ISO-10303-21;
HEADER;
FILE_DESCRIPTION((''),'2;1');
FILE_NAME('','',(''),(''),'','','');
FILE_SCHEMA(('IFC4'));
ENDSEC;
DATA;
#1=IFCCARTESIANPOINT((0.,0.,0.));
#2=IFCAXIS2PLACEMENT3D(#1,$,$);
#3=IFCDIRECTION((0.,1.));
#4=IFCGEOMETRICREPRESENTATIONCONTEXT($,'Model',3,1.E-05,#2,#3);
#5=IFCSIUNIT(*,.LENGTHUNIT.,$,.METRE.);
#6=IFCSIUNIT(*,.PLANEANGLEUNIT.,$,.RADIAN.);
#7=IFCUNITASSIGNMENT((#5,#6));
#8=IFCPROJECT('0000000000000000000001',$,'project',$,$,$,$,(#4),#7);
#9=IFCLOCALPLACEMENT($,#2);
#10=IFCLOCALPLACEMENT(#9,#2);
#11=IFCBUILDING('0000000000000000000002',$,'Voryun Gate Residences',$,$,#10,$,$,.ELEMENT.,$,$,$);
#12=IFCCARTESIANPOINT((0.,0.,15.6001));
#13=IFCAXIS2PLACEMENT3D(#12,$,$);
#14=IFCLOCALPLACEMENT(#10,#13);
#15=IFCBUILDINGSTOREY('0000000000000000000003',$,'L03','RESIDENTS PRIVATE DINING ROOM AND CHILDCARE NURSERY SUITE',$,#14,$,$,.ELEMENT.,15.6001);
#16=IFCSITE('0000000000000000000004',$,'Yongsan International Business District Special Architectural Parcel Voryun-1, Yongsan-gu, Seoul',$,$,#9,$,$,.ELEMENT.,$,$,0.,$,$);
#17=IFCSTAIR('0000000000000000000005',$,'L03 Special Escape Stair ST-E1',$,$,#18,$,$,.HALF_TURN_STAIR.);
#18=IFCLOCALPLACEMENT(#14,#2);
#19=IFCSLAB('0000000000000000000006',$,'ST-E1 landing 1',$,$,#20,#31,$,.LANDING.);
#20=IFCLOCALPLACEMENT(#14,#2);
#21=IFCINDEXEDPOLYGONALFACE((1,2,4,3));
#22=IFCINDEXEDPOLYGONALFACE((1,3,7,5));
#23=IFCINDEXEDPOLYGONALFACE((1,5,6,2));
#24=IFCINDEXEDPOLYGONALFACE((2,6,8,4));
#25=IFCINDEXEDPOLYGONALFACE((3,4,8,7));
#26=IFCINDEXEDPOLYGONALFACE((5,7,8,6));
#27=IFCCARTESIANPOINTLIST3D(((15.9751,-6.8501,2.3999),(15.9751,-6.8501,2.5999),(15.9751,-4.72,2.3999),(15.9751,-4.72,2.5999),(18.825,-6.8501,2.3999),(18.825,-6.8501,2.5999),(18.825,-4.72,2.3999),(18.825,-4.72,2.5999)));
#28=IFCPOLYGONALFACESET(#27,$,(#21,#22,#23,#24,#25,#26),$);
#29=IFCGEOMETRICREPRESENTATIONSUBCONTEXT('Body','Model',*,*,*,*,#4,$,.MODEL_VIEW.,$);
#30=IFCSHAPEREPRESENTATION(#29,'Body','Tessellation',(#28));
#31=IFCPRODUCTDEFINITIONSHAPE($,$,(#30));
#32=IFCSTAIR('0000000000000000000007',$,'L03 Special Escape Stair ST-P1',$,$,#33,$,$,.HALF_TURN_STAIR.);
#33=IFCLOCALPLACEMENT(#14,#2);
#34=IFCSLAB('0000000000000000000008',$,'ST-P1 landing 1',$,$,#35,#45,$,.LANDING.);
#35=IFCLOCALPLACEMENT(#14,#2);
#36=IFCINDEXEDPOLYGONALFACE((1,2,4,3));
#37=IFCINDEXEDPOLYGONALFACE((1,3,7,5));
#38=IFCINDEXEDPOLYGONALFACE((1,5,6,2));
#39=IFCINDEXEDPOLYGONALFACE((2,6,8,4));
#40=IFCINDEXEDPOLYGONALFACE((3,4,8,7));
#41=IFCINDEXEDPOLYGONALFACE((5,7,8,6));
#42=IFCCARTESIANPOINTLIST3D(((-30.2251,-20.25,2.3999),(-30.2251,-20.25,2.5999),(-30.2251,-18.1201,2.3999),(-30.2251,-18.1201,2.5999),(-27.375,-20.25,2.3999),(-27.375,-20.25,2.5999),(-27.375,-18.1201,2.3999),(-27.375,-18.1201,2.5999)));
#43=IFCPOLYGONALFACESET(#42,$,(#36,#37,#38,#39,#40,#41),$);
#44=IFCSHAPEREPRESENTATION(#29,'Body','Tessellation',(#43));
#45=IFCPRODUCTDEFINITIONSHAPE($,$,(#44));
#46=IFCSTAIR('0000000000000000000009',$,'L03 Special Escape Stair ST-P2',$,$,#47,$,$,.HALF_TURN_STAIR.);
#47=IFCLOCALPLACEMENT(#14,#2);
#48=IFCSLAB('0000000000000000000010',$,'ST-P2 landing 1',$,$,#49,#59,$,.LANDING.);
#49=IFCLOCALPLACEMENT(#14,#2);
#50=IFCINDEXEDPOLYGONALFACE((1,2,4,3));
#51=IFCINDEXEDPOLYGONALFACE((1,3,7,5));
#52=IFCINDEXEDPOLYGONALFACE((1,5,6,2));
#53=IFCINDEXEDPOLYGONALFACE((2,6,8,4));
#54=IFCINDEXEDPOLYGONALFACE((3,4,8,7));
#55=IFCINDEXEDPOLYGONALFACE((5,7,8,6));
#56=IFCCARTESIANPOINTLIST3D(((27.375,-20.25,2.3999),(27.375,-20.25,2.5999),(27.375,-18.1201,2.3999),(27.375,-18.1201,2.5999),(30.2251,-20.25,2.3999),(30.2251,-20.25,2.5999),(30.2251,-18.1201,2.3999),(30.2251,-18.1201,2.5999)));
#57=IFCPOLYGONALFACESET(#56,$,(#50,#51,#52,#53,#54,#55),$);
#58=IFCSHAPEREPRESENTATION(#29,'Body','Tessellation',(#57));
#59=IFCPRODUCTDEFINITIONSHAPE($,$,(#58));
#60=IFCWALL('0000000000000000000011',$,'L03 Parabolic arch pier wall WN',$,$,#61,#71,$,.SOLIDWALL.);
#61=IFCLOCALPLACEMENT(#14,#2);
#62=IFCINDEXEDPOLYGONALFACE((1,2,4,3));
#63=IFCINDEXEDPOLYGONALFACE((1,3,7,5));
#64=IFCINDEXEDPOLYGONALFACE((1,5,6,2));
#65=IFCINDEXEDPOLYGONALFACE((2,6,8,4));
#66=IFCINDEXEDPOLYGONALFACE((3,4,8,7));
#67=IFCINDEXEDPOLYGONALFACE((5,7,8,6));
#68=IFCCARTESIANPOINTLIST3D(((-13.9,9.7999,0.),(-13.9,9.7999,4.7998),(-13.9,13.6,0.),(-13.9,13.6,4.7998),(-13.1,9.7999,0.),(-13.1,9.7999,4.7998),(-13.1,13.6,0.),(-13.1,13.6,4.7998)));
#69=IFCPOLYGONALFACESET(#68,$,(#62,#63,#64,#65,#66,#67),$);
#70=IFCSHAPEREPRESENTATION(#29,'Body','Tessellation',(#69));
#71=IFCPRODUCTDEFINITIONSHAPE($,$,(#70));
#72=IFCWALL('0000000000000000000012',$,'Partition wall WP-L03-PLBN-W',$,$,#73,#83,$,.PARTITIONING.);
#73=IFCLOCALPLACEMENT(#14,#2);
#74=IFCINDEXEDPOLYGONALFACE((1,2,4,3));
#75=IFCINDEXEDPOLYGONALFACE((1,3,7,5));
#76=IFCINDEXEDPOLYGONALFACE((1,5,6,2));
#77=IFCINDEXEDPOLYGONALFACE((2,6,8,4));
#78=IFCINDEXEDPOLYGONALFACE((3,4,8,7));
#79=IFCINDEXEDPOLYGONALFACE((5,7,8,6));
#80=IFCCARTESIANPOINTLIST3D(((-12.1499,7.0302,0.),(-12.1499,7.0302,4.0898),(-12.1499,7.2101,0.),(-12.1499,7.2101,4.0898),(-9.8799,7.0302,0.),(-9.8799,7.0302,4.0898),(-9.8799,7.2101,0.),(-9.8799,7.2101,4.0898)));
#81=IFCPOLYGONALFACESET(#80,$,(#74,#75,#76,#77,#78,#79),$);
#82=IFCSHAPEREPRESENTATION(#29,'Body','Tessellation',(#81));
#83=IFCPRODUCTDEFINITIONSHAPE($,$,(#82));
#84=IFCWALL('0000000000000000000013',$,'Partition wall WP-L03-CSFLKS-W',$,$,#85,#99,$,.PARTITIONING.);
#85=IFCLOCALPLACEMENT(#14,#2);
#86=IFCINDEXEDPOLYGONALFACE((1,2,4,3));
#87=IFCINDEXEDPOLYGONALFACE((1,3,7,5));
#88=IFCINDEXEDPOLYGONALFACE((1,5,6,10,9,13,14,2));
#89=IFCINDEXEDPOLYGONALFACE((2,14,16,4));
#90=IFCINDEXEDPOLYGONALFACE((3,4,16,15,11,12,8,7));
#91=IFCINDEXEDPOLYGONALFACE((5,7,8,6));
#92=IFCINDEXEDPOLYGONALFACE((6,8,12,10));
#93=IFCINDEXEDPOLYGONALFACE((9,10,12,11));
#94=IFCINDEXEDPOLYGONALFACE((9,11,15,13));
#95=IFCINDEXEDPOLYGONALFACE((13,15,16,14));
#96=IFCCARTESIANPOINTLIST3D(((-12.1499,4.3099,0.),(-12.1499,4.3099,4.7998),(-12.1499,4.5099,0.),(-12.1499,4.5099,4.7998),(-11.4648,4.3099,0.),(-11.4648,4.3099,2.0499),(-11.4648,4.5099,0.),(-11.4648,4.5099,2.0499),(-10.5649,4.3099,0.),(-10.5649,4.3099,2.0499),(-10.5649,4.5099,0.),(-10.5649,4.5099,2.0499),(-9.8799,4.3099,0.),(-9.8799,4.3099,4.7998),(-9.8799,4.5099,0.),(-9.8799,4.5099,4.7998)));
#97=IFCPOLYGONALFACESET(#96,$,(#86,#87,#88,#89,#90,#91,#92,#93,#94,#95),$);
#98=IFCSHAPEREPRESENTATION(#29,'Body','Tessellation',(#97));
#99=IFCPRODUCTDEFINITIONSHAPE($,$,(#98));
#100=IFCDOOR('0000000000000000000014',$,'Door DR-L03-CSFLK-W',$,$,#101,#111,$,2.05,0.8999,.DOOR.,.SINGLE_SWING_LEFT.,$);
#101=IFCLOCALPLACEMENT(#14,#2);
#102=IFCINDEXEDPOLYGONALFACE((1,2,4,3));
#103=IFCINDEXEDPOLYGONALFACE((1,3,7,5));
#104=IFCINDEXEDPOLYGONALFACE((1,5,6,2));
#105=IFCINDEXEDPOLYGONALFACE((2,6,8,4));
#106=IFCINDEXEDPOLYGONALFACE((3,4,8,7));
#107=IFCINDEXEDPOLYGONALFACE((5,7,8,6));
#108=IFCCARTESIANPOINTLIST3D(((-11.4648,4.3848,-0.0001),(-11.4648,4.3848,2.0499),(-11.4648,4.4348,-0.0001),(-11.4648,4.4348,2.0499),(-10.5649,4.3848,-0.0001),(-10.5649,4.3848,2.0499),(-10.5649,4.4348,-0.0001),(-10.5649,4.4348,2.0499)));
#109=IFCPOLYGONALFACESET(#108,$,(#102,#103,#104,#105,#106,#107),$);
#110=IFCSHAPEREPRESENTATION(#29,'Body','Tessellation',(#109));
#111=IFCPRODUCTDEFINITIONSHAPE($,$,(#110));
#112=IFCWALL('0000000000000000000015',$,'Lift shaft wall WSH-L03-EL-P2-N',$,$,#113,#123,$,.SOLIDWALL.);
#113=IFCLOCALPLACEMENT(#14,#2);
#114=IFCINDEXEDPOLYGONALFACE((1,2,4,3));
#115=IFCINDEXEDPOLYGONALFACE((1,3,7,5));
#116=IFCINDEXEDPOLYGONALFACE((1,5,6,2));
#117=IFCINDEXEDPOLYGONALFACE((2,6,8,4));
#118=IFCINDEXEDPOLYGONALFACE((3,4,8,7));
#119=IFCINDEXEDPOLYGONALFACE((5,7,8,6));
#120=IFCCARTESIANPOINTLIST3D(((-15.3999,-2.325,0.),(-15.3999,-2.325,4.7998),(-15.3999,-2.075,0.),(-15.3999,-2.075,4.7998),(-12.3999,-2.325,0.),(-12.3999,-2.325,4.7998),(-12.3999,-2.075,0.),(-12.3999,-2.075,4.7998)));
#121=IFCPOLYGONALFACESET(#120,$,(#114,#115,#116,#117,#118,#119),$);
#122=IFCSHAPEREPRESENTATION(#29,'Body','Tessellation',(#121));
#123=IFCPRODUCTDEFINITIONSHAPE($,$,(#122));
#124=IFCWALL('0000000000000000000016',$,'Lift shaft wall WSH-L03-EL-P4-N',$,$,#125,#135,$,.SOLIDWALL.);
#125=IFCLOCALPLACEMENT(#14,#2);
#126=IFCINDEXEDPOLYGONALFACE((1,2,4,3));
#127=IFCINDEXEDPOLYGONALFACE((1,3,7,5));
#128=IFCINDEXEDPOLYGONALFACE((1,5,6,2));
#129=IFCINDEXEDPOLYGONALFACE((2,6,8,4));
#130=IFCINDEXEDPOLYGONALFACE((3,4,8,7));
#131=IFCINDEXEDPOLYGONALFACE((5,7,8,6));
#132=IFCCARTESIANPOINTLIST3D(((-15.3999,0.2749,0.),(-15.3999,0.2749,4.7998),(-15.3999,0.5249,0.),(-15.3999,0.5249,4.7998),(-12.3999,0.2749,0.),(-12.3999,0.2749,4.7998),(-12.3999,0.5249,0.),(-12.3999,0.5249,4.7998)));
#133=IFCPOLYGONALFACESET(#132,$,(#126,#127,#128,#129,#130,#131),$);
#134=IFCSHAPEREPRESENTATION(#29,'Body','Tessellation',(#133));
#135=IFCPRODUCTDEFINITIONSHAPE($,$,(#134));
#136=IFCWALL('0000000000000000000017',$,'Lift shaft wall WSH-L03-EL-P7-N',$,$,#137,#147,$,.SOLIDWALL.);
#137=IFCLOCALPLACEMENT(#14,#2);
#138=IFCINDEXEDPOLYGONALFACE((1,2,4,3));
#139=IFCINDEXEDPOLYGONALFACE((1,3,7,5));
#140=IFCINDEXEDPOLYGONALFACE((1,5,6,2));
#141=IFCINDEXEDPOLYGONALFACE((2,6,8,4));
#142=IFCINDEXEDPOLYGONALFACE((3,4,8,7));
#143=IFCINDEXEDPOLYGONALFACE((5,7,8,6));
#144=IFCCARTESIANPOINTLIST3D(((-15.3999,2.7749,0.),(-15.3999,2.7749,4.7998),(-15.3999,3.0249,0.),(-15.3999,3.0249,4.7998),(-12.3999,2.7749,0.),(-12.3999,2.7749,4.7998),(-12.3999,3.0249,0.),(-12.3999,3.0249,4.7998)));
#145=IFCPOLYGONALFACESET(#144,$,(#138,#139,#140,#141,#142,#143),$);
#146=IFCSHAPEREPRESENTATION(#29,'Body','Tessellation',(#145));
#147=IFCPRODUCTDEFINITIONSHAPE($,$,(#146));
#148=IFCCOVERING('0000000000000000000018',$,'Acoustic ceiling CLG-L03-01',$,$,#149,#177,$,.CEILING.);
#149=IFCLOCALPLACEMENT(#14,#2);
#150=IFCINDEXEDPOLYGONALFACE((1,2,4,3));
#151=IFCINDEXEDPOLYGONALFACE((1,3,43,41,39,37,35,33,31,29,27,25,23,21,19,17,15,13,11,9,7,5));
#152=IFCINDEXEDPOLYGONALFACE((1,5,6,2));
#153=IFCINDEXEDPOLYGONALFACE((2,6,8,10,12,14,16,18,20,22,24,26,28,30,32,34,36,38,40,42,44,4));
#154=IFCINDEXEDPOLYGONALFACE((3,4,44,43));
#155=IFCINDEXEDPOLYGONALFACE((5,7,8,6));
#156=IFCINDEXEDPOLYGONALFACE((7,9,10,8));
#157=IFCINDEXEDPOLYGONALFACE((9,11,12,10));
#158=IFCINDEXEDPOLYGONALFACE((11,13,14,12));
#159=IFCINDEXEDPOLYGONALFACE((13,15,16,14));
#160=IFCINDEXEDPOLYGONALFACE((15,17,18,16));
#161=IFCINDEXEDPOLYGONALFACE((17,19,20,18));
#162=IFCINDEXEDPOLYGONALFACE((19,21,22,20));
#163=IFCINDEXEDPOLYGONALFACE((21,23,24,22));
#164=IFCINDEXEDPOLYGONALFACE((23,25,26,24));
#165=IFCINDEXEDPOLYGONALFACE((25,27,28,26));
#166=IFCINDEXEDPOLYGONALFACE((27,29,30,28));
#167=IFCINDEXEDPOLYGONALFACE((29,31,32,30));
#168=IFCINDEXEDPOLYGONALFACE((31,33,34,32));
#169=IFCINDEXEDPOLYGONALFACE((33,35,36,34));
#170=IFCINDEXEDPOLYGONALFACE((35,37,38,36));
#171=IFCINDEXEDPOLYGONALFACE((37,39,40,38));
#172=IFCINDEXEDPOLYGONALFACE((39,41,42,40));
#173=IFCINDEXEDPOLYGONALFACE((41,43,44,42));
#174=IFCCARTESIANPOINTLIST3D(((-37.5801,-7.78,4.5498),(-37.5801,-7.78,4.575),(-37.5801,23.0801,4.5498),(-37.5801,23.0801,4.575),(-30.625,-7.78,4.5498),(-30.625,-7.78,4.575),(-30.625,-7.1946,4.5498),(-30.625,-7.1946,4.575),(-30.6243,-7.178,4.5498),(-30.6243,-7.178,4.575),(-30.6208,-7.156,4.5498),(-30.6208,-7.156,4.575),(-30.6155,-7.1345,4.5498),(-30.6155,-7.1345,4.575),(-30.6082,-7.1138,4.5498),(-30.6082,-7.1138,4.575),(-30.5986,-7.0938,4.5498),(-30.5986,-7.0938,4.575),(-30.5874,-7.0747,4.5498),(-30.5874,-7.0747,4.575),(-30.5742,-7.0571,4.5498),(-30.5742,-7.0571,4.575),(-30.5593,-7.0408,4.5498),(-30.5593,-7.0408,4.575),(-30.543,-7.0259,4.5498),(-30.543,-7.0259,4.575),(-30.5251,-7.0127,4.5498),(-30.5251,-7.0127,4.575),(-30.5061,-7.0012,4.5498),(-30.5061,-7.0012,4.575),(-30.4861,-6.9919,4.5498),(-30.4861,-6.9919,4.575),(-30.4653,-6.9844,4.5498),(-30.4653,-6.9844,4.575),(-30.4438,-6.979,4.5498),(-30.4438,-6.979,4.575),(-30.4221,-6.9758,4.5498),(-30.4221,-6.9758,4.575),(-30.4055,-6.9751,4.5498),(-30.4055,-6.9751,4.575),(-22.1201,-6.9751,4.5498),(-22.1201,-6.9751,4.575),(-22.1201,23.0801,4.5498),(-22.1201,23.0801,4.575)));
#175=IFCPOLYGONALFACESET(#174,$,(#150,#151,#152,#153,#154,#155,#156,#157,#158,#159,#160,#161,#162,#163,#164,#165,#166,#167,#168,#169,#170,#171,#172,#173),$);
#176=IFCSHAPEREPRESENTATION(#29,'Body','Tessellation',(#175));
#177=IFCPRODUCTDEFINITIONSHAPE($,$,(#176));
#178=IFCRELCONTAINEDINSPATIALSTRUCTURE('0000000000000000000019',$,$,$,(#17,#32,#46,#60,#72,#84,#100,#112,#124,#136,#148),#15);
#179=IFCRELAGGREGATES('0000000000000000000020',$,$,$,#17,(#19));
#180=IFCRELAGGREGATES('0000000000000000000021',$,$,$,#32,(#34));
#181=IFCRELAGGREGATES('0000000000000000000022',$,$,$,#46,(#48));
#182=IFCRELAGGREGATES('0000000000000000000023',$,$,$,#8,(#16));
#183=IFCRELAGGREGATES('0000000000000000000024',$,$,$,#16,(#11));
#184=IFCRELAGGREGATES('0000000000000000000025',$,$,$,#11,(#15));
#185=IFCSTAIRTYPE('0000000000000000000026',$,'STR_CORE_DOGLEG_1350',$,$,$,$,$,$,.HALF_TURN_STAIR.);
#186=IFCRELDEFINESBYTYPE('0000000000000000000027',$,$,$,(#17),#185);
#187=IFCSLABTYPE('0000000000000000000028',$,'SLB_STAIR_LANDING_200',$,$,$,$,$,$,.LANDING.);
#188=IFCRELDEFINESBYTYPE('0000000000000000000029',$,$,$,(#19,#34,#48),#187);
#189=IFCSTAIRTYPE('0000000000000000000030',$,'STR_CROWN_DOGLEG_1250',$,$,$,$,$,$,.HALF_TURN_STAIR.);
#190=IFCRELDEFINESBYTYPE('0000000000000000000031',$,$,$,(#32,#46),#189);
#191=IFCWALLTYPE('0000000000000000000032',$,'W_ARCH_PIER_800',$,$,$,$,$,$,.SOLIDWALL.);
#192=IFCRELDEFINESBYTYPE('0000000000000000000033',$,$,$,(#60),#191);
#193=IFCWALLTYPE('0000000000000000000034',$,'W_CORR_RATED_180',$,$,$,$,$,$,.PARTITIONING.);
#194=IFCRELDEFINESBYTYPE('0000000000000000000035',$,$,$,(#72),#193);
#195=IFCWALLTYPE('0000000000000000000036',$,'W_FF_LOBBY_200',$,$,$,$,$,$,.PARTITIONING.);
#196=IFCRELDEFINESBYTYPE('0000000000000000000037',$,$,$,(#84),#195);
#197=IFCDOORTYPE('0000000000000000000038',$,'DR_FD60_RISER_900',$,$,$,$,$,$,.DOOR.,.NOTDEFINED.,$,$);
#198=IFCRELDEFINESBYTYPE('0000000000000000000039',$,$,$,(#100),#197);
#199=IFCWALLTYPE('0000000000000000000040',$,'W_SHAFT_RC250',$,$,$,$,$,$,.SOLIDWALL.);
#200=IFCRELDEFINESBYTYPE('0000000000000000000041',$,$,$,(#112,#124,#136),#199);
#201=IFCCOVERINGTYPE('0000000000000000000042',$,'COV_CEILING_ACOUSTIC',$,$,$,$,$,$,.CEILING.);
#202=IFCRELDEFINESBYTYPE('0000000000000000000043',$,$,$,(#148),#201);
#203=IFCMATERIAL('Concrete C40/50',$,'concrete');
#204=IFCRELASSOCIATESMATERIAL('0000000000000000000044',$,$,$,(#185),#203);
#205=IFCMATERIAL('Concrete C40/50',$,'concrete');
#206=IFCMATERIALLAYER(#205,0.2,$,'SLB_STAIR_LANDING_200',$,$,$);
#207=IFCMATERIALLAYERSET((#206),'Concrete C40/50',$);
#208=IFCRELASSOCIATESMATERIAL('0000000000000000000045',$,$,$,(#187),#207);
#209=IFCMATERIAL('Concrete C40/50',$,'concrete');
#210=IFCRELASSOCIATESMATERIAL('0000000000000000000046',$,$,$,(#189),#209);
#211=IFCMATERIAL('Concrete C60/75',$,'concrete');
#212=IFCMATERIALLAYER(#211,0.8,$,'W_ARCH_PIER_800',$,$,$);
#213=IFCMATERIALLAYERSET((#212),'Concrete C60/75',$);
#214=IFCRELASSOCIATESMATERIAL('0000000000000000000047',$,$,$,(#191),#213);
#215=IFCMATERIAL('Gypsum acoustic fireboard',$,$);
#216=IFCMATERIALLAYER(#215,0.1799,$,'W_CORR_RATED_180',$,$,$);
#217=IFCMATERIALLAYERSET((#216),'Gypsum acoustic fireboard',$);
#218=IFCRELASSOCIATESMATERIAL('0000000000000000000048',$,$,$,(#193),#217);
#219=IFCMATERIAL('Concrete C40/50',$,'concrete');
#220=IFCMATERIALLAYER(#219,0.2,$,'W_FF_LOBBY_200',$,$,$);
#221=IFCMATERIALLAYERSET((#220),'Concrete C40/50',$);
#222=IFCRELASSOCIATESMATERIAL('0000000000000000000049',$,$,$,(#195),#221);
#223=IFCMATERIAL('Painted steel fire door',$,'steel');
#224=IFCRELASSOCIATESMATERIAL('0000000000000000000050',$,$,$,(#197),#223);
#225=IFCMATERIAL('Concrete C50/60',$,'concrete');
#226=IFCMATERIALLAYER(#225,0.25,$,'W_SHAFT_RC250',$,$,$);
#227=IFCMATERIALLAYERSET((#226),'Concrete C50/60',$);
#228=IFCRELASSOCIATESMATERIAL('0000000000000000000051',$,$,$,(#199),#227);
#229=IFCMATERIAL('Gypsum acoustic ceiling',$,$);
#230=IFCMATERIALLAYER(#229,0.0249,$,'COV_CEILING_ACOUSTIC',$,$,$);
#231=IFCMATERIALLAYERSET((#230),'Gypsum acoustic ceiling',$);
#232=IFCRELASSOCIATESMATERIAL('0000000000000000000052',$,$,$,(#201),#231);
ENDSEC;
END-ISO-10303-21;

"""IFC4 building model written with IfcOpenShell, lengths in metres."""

from ifc_helpers import new_model, si_unit, direction, frame, frame_2d, origin, place, context, subcontext, project, spatial, polyline, rectangle, outline, extrude, material, layer, layer_set, type_object, element, fill, aggregate, save


model = new_model("IFC4")

# Units and contexts
model_context = context("Model", 3, precision=1e-05, world=origin(), true_north=direction((0.0, 1.0)))
body_context = subcontext(model_context, "Body", "Model", "MODEL_VIEW")
ifc_project = project(units=[si_unit("LENGTHUNIT", "METRE"), si_unit("PLANEANGLEUNIT", "RADIAN")], contexts=[model_context])

# Site, building, storey
site_placement = place(None, origin())
site = spatial("IfcSite", under=ifc_project, at=site_placement, Name="Yongsan International Business District Special Architectural Parcel Voryun-1, Yongsan-gu, Seoul", CompositionType="ELEMENT", RefElevation=0.0)
building_placement = place(site_placement, origin())
building = spatial("IfcBuilding", under=site, at=building_placement, Name="Voryun Gate Residences", CompositionType="ELEMENT")
storey_placement = place(building_placement, frame((0.0, 0.0, 15.6001)))
storey = spatial("IfcBuildingStorey", under=building, at=storey_placement, Name="L03", Description="RESIDENTS PRIVATE DINING ROOM AND CHILDCARE NURSERY SUITE", CompositionType="ELEMENT", Elevation=15.6001)

# Stairs, slabs
ifc_material_1 = material(Name="Concrete C40/50", Category="concrete")
stair_type_1 = type_object("IfcStairType", Name="STR_CORE_DOGLEG_1350", PredefinedType="HALF_TURN_STAIR", material=ifc_material_1)
ifc_material_2 = material(Name="Concrete C40/50", Category="concrete")
ifc_layer_1 = layer(ifc_material_2, 0.2, Name="SLB_STAIR_LANDING_200")
ifc_layer_set_1 = layer_set([ifc_layer_1], Name="Concrete C40/50")
slab_type_1 = type_object("IfcSlabType", Name="SLB_STAIR_LANDING_200", PredefinedType="LANDING", material=ifc_layer_set_1)
stair_1_placement = place(storey_placement, origin())
stair_1 = element("IfcStair", 1, at=stair_1_placement, inside=storey, type_object=stair_type_1, Name="L03 Special Escape Stair ST-E1", PredefinedType="HALF_TURN_STAIR")
slab_1_placement = place(storey_placement, frame((0.0, 0.0, 2.3999)))
slab_1 = element("IfcSlab", 2, at=slab_1_placement, type_object=slab_type_1, Name="ST-E1 landing 1", PredefinedType="LANDING", context=body_context, shape_type="SweptSolid", body=[
    extrude(outline(polyline([(15.9751, -4.72), (15.9751, -6.8501), (18.825, -6.8501), (18.825, -4.72), (15.9751, -4.72)])), origin(), (0.0, 0.0, 1.0), 0.2),
])
aggregate(stair_1, [slab_1])
ifc_material_3 = material(Name="Concrete C40/50", Category="concrete")
stair_type_2 = type_object("IfcStairType", Name="STR_CROWN_DOGLEG_1250", PredefinedType="HALF_TURN_STAIR", material=ifc_material_3)
stair_2_placement = place(storey_placement, origin())
stair_2 = element("IfcStair", 3, at=stair_2_placement, inside=storey, type_object=stair_type_2, Name="L03 Special Escape Stair ST-P1", PredefinedType="HALF_TURN_STAIR")
slab_2_placement = place(storey_placement, frame((0.0, 0.0, 2.3999)))
slab_2 = element("IfcSlab", 4, at=slab_2_placement, type_object=slab_type_1, Name="ST-P1 landing 1", PredefinedType="LANDING", context=body_context, shape_type="SweptSolid", body=[
    extrude(outline(polyline([(-30.2251, -18.1201), (-30.2251, -20.25), (-27.375, -20.25), (-27.375, -18.1201), (-30.2251, -18.1201)])), origin(), (0.0, 0.0, 1.0), 0.2),
])
aggregate(stair_2, [slab_2])
stair_3_placement = place(storey_placement, origin())
stair_3 = element("IfcStair", 5, at=stair_3_placement, inside=storey, type_object=stair_type_2, Name="L03 Special Escape Stair ST-P2", PredefinedType="HALF_TURN_STAIR")
slab_3_placement = place(storey_placement, frame((0.0, 0.0, 2.3999)))
slab_3 = element("IfcSlab", 6, at=slab_3_placement, type_object=slab_type_1, Name="ST-P2 landing 1", PredefinedType="LANDING", context=body_context, shape_type="SweptSolid", body=[
    extrude(outline(polyline([(27.375, -18.1201), (27.375, -20.25), (30.2251, -20.25), (30.2251, -18.1201), (27.375, -18.1201)])), origin(), (0.0, 0.0, 1.0), 0.2),
])
aggregate(stair_3, [slab_3])

# Walls
ifc_material_4 = material(Name="Concrete C60/75", Category="concrete")
ifc_layer_2 = layer(ifc_material_4, 0.8, Name="W_ARCH_PIER_800")
ifc_layer_set_2 = layer_set([ifc_layer_2], Name="Concrete C60/75")
wall_type_1 = type_object("IfcWallType", Name="W_ARCH_PIER_800", PredefinedType="SOLIDWALL", material=ifc_layer_set_2)
wall_1_placement = place(storey_placement, frame((-13.5, 9.8, 0.0), z_axis=(0.0, 0.0, 1.0), x_axis=(0.0, 1.0, 0.0)))
element("IfcWall", 7, at=wall_1_placement, inside=storey, type_object=wall_type_1, Name="L03 Parabolic arch pier wall WN", PredefinedType="SOLIDWALL", context=body_context, shape_type="SweptSolid", body=[
    extrude(rectangle(XDim=3.8, YDim=0.8, at=frame_2d((1.8999, 0.0))), origin(), (0.0, 0.0, 1.0), 4.7998),
])
ifc_material_5 = material(Name="Gypsum acoustic fireboard")
ifc_layer_3 = layer(ifc_material_5, 0.1799, Name="W_CORR_RATED_180")
ifc_layer_set_3 = layer_set([ifc_layer_3], Name="Gypsum acoustic fireboard")
wall_type_2 = type_object("IfcWallType", Name="W_CORR_RATED_180", PredefinedType="PARTITIONING", material=ifc_layer_set_3)
wall_2_placement = place(storey_placement, frame((-12.1499, 7.1201, 0.0), z_axis=(0.0, 0.0, 1.0), x_axis=(1.0, 0.0, 0.0)))
element("IfcWall", 8, at=wall_2_placement, inside=storey, type_object=wall_type_2, Name="Partition wall WP-L03-PLBN-W", PredefinedType="PARTITIONING", context=body_context, shape_type="SweptSolid", body=[
    extrude(rectangle(XDim=2.27, YDim=0.1799, at=frame_2d((1.135, 0.0))), origin(), (0.0, 0.0, 1.0), 4.0898),
])

# Wall, opening, door
ifc_material_6 = material(Name="Concrete C40/50", Category="concrete")
ifc_layer_4 = layer(ifc_material_6, 0.2, Name="W_FF_LOBBY_200")
ifc_layer_set_4 = layer_set([ifc_layer_4], Name="Concrete C40/50")
wall_type_3 = type_object("IfcWallType", Name="W_FF_LOBBY_200", PredefinedType="PARTITIONING", material=ifc_layer_set_4)
wall_3_placement = place(storey_placement, frame((-12.1499, 4.4099, 0.0), z_axis=(0.0, 0.0, 1.0), x_axis=(1.0, 0.0, 0.0)))
wall_3 = element("IfcWall", 9, at=wall_3_placement, inside=storey, type_object=wall_type_3, Name="Partition wall WP-L03-CSFLKS-W", PredefinedType="PARTITIONING", context=body_context, shape_type="SweptSolid", body=[
    extrude(rectangle(XDim=2.27, YDim=0.2, at=frame_2d((1.135, 0.0))), origin(), (0.0, 0.0, 1.0), 4.7998),
])
opening_placement = place(wall_3_placement, frame((0.6851, 0.0, 0.0)))
opening = element("IfcOpeningElement", 10, at=opening_placement, cuts=wall_3, PredefinedType="OPENING", context=body_context, shape_type="SweptSolid", body=[
    extrude(rectangle(XDim=0.8999, YDim=2.05, at=frame_2d((0.45, 1.0249))), frame((0.0, 0.1101, 0.0), z_axis=(0.0, -1.0, 0.0), x_axis=(1.0, 0.0, 0.0)), (0.0, 0.0, 1.0), 0.22),
])
ifc_material_7 = material(Name="Painted steel fire door", Category="steel")
door_type = type_object("IfcDoorType", Name="DR_FD60_RISER_900", OperationType="NOTDEFINED", PredefinedType="DOOR", material=ifc_material_7)
door_placement = place(opening_placement, origin())
door = element("IfcDoor", 11, at=door_placement, inside=storey, type_object=door_type, Name="Door DR-L03-CSFLK-W", OperationType="SINGLE_SWING_LEFT", OverallHeight=2.05, OverallWidth=0.8999, PredefinedType="DOOR", context=body_context, shape_type="SweptSolid", body=[
    extrude(rectangle(XDim=0.8999, YDim=2.05, at=frame_2d((0.45, 1.0249))), frame((0.0, 0.0249, 0.0), z_axis=(0.0, -1.0, 0.0), x_axis=(1.0, 0.0, 0.0)), (0.0, 0.0, 1.0), 0.05),
])
fill(opening, door)

# Walls
ifc_material_8 = material(Name="Concrete C50/60", Category="concrete")
ifc_layer_5 = layer(ifc_material_8, 0.25, Name="W_SHAFT_RC250")
ifc_layer_set_5 = layer_set([ifc_layer_5], Name="Concrete C50/60")
wall_type_4 = type_object("IfcWallType", Name="W_SHAFT_RC250", PredefinedType="SOLIDWALL", material=ifc_layer_set_5)
for number, where, z_axis, x_axis, name in (
    (12, (-12.3999, -2.2, 0.0), (0.0, 0.0, 1.0), (-1.0, 0.0, 0.0), "Lift shaft wall WSH-L03-EL-P2-N"),
    (13, (-12.3999, 0.3999, 0.0), (0.0, 0.0, 1.0), (-1.0, 0.0, 0.0), "Lift shaft wall WSH-L03-EL-P4-N"),
    (14, (-12.3999, 2.8999, 0.0), (0.0, 0.0, 1.0), (-1.0, 0.0, 0.0), "Lift shaft wall WSH-L03-EL-P7-N"),
):
    element("IfcWall", number, at=place(storey_placement, frame(where, z_axis=z_axis, x_axis=x_axis)), inside=storey, type_object=wall_type_4, Name=name, PredefinedType="SOLIDWALL", context=body_context, shape_type="SweptSolid", body=[
        extrude(rectangle(XDim=3.0, YDim=0.25, at=frame_2d((1.5, 0.0))), origin(), (0.0, 0.0, 1.0), 4.7998),
    ])

# Covering
ifc_material_9 = material(Name="Gypsum acoustic ceiling")
ifc_layer_6 = layer(ifc_material_9, 0.0249, Name="COV_CEILING_ACOUSTIC")
ifc_layer_set_6 = layer_set([ifc_layer_6], Name="Gypsum acoustic ceiling")
covering_type_1 = type_object("IfcCoveringType", Name="COV_CEILING_ACOUSTIC", PredefinedType="CEILING", material=ifc_layer_set_6)
covering_1_placement = place(storey_placement, frame((0.0, 0.0, 4.5498)))
element("IfcCovering", 15, at=covering_1_placement, inside=storey, type_object=covering_type_1, Name="Acoustic ceiling CLG-L03-01", PredefinedType="CEILING", context=body_context, shape_type="SweptSolid", body=[
    extrude(outline(polyline([(-22.1201, 23.0801), (-22.1201, -6.9751), (-30.4055, -6.9751), (-30.4221, -6.9758), (-30.4438, -6.979), (-30.4653, -6.9844), (-30.4861, -6.9919), (-30.5061, -7.0012), (-30.5251, -7.0127), (-30.543, -7.0259), (-30.5593, -7.0408), (-30.5742, -7.0571), (-30.5874, -7.0747), (-30.5986, -7.0938), (-30.6082, -7.1138), (-30.6155, -7.1345), (-30.6208, -7.156), (-30.6243, -7.178), (-30.625, -7.1946), (-30.625, -7.78), (-37.5801, -7.78), (-37.5801, 23.0801), (-22.1201, 23.0801)])), origin(), (0.0, 0.0, 1.0), 0.0251),
])

save(model, "model.ifc")
